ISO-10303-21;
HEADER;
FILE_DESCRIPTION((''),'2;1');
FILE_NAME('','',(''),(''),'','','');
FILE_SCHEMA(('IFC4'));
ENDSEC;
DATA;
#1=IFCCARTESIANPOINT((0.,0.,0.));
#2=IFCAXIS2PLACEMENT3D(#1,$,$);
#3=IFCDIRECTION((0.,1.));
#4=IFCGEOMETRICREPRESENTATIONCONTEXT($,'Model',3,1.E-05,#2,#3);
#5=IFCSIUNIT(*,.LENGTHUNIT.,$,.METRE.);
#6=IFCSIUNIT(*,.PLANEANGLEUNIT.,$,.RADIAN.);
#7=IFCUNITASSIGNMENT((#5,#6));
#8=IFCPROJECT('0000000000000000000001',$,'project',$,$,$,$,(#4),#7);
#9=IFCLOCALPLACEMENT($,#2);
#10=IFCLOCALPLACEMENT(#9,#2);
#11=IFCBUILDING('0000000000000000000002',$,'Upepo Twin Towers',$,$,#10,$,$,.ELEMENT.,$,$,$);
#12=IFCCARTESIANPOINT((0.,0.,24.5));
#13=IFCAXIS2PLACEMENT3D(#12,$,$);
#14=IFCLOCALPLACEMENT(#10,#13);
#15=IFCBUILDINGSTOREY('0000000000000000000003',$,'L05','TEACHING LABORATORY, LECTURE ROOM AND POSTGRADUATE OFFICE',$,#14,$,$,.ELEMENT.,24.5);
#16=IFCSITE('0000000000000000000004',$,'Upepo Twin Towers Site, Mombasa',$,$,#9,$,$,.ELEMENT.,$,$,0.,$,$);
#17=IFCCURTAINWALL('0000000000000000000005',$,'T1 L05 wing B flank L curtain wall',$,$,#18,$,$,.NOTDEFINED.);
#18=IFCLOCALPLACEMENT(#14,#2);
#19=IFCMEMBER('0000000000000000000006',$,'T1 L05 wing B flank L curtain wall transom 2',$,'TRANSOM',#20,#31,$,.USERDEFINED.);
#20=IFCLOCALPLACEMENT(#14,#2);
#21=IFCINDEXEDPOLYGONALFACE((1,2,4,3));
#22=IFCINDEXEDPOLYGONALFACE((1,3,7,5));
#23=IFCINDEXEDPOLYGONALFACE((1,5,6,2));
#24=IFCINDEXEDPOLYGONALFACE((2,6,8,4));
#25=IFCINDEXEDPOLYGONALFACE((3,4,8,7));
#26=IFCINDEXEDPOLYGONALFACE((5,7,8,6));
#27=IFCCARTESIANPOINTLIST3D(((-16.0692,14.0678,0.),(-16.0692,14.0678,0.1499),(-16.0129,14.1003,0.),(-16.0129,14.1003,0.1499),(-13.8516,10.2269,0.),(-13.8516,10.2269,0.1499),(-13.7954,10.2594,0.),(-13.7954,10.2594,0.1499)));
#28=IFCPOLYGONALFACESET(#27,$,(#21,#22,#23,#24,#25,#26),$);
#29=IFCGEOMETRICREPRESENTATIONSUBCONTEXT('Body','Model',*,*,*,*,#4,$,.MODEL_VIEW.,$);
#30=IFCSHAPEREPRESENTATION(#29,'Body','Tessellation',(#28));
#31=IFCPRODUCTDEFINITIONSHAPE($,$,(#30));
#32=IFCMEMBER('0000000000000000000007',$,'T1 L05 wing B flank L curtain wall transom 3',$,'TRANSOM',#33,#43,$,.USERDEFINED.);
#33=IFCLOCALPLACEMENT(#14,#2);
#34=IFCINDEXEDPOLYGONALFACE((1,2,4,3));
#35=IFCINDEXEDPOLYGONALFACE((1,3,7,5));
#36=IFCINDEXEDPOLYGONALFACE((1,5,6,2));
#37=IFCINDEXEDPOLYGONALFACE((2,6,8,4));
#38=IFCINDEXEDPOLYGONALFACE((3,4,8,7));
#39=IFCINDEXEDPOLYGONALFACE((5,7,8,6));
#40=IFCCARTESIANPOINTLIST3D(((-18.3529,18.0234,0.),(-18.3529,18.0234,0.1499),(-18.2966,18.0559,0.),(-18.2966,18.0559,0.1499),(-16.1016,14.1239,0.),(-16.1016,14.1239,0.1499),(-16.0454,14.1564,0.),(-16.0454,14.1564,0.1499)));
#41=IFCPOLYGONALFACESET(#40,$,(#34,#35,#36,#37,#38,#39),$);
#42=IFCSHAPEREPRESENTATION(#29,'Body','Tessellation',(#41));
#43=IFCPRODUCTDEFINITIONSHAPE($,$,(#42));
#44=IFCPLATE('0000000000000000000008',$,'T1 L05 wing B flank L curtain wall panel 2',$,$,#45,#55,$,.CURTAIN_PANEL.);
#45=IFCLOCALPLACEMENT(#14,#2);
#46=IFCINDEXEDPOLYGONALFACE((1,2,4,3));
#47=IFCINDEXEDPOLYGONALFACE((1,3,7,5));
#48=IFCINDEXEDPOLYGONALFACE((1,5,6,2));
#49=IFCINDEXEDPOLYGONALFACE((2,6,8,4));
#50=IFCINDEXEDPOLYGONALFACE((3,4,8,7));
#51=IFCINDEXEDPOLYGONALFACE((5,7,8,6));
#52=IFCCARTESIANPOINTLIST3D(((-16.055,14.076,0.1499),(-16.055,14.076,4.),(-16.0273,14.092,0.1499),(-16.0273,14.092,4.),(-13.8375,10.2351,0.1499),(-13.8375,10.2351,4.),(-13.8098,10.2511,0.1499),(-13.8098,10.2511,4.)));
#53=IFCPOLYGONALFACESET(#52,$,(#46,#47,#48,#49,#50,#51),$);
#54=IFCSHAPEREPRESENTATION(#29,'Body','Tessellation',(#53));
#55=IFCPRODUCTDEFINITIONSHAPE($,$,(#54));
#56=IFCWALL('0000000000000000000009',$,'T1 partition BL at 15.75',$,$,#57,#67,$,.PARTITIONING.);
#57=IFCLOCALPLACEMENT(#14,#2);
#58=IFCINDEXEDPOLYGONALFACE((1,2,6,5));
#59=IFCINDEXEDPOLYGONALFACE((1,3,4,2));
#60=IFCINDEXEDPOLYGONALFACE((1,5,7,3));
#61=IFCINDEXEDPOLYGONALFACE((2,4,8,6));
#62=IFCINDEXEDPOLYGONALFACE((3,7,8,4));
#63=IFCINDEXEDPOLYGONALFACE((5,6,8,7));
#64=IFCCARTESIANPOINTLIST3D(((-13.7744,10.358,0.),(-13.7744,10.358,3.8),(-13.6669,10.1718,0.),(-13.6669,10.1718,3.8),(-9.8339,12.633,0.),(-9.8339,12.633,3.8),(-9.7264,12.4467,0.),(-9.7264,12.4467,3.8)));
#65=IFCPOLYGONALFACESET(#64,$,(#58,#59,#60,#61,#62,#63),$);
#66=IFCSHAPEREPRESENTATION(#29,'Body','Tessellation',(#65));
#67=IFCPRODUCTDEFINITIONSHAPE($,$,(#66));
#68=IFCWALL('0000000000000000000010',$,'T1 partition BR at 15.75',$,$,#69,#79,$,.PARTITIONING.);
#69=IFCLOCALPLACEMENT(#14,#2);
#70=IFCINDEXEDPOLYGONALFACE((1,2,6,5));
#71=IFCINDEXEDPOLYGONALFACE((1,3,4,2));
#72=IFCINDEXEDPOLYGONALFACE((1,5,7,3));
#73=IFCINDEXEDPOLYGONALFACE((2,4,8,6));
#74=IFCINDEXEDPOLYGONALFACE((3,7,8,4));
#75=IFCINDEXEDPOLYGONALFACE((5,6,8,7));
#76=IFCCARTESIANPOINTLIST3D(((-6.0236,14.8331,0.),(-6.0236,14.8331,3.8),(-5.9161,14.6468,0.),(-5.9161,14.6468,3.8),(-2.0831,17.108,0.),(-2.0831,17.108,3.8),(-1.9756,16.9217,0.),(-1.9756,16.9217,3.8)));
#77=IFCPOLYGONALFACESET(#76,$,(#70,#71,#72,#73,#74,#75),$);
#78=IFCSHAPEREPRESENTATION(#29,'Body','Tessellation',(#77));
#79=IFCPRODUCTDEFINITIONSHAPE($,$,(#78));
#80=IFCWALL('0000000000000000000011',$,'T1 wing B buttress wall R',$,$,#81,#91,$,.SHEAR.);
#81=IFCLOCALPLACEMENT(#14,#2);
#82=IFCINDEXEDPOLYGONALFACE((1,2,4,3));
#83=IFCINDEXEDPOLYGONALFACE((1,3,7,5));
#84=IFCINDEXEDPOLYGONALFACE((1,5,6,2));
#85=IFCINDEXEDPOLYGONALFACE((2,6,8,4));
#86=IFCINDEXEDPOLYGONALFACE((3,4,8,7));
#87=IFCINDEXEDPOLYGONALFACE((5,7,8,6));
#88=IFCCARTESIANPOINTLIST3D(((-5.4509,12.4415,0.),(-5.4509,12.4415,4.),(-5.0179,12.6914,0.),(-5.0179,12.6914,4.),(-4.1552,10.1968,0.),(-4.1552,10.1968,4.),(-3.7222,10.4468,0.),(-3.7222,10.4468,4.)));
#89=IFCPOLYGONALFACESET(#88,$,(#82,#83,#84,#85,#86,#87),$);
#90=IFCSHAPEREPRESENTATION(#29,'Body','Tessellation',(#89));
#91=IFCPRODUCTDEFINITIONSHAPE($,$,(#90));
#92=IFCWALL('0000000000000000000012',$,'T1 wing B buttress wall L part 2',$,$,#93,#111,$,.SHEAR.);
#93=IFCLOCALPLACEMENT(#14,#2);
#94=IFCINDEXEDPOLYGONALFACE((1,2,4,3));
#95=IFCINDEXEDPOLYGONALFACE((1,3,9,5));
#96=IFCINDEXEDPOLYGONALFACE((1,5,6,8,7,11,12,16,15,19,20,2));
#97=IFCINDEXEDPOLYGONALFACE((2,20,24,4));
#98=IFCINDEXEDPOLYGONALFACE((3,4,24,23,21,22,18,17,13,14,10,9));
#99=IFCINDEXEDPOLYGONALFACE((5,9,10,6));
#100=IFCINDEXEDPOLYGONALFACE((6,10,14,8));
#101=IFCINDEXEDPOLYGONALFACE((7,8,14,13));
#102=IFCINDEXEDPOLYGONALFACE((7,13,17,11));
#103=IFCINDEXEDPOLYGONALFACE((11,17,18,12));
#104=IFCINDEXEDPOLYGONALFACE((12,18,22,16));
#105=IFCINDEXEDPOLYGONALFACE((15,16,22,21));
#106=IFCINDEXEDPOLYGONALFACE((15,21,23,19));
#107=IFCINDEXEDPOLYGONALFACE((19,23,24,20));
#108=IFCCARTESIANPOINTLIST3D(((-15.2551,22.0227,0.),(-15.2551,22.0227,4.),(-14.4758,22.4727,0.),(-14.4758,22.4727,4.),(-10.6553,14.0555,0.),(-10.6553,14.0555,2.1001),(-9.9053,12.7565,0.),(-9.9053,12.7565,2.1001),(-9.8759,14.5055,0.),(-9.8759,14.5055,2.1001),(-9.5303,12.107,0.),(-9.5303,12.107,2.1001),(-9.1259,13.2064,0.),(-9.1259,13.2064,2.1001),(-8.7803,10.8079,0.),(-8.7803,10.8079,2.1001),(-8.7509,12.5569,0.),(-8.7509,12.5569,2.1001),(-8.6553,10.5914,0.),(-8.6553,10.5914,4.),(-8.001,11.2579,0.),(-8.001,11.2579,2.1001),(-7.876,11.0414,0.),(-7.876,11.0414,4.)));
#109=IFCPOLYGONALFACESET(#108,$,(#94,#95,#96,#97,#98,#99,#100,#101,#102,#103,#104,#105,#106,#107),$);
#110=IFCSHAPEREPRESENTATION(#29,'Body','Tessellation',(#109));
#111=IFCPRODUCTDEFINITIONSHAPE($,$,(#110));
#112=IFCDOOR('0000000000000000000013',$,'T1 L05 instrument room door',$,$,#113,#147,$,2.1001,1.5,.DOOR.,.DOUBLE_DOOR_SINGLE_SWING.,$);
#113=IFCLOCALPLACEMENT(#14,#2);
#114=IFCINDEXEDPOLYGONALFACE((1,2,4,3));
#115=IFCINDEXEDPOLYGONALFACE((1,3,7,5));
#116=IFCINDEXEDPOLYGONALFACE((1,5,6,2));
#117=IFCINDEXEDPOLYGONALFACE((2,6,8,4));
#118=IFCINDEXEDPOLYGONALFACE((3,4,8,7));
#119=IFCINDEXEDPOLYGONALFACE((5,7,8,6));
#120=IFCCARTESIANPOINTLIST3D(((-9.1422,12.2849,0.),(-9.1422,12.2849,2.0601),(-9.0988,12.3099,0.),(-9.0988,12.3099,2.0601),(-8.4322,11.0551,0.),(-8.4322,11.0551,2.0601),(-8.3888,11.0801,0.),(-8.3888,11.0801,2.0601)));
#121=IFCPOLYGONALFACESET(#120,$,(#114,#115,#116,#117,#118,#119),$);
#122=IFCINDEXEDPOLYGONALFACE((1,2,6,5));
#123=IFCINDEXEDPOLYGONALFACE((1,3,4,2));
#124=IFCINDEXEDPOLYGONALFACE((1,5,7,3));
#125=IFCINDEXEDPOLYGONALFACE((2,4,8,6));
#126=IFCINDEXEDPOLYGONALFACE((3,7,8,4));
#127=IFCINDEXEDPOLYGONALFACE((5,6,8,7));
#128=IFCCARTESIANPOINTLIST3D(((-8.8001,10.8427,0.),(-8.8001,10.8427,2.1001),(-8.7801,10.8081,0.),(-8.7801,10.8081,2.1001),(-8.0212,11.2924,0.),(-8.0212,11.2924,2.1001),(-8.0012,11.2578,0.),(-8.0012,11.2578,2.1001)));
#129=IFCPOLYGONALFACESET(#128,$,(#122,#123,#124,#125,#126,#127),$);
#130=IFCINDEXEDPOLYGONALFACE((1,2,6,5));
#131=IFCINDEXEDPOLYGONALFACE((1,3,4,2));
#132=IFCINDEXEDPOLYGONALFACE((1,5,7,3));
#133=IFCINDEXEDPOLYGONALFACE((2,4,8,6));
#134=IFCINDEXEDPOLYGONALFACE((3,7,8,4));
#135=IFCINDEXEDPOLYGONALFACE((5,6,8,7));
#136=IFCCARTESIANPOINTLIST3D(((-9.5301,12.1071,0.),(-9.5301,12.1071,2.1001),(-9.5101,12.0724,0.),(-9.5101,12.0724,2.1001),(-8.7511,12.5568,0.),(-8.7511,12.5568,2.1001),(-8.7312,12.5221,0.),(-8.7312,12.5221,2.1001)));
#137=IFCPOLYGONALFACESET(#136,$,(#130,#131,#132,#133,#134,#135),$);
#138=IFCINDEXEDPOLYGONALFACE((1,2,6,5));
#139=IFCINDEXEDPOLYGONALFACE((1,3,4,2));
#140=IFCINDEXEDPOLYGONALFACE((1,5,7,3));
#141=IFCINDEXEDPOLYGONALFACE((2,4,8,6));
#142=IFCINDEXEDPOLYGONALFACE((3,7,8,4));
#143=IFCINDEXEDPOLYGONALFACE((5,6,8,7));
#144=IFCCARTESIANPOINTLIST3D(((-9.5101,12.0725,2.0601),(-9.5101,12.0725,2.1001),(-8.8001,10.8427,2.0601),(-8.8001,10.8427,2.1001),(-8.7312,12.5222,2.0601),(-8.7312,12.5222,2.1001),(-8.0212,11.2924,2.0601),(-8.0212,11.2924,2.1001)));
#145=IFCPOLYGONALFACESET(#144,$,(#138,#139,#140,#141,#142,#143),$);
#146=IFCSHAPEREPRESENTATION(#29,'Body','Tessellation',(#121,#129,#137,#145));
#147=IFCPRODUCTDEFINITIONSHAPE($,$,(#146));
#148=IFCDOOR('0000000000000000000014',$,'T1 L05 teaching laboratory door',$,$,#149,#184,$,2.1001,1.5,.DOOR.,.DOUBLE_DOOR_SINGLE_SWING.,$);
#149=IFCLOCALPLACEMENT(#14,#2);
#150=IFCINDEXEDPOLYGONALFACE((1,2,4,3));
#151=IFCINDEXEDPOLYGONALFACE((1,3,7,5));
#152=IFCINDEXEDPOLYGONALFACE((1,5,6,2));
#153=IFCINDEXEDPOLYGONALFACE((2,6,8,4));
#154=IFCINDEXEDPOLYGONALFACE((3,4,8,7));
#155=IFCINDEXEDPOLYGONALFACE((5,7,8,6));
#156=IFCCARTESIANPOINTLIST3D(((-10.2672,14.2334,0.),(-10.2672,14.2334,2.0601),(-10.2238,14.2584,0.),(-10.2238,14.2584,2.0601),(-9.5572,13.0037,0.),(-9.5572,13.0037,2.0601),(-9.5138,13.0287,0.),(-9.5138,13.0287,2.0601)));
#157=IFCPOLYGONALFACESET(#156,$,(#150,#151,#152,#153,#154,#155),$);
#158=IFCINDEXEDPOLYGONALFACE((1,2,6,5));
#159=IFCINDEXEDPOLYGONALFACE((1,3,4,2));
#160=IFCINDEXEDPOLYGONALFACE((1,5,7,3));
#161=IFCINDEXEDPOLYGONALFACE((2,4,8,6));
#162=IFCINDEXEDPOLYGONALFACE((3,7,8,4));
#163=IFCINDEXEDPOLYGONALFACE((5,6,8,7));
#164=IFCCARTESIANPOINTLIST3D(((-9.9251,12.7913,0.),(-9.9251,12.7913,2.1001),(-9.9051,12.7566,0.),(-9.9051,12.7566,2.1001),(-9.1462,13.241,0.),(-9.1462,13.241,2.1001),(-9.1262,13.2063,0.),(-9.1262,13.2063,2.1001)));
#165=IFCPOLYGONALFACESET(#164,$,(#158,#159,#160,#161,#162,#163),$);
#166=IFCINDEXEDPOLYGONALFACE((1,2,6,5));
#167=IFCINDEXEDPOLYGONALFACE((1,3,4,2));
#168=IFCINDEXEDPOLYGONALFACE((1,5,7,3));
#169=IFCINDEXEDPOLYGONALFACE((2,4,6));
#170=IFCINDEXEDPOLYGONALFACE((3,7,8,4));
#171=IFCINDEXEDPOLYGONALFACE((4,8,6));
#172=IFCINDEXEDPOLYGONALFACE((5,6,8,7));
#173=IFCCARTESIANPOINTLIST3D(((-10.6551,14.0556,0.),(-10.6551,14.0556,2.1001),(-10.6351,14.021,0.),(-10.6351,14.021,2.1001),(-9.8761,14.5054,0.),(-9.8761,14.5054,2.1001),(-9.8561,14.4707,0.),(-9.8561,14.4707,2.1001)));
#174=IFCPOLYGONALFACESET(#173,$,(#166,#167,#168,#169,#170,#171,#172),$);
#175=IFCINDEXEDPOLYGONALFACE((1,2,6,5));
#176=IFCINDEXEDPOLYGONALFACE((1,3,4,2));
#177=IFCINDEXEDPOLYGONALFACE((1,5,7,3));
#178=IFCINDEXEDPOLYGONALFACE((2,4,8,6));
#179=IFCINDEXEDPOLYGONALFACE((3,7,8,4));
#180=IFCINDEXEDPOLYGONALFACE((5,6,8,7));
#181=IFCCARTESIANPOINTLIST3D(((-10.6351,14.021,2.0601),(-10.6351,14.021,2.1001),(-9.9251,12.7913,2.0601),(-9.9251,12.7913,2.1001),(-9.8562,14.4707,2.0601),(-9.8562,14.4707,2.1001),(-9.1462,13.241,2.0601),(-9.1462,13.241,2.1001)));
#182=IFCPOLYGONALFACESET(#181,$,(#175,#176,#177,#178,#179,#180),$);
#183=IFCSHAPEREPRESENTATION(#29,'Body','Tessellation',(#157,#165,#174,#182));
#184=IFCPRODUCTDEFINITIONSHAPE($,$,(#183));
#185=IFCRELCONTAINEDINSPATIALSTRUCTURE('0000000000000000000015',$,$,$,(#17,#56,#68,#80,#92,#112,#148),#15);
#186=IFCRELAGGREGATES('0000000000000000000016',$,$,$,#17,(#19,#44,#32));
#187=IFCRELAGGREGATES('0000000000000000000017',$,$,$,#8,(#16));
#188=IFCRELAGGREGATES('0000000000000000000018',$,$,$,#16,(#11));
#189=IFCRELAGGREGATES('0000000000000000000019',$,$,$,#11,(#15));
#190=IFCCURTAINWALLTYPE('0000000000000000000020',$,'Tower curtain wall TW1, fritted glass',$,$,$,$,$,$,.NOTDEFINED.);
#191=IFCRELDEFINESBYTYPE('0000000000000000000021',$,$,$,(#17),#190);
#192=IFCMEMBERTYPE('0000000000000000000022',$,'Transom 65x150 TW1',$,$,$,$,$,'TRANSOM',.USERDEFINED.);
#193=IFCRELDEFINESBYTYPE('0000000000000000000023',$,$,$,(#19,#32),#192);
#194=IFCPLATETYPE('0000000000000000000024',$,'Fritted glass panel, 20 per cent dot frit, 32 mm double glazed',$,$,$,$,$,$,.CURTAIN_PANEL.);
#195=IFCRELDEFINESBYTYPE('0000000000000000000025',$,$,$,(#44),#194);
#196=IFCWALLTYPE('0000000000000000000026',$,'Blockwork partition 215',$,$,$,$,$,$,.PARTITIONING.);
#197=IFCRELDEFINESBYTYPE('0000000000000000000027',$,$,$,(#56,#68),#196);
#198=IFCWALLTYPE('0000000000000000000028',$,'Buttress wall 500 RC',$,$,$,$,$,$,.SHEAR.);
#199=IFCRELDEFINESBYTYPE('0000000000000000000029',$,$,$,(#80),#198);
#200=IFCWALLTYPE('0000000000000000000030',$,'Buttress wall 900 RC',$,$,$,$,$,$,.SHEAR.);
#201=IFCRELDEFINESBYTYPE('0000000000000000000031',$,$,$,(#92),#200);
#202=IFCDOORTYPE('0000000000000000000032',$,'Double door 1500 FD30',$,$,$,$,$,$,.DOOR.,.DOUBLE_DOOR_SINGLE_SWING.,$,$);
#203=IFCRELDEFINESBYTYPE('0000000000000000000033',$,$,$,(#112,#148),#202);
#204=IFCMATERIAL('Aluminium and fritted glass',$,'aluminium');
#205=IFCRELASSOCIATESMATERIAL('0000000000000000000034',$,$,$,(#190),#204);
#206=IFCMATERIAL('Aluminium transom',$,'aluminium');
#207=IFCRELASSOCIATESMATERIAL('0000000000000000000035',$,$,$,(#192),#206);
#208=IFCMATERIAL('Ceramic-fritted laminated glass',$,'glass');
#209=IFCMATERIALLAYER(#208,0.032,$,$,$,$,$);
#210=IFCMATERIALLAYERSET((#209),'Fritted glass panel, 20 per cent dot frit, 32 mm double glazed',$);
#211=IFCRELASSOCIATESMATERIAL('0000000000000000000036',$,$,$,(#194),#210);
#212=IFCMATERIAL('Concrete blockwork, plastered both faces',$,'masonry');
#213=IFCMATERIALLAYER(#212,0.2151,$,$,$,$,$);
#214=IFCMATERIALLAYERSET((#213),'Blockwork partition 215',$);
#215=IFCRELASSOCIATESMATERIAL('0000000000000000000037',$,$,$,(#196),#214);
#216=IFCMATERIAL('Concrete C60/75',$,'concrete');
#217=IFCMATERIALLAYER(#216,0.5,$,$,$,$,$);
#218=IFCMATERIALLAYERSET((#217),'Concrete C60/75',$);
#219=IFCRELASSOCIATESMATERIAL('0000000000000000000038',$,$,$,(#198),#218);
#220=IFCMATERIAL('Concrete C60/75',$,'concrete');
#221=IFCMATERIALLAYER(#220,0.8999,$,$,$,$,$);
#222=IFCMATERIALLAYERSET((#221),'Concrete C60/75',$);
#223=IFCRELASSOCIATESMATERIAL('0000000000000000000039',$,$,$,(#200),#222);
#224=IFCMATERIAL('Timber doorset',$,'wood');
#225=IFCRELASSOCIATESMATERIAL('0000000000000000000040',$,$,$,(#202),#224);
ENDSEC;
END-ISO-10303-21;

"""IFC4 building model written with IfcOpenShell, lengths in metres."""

from ifc_helpers import new_model, si_unit, direction, frame, frame_2d, origin, origin_2d, place, context, subcontext, project, spatial, rectangle, extrude, material, layer, layer_set, material_profile, profile_set, type_object, element, fill, aggregate, save


model = new_model("IFC4")

# Units and contexts
model_context = context("Model", 3, precision=1e-05, world=origin(), true_north=direction((0.0, 1.0)))
body_context = subcontext(model_context, "Body", "Model", "MODEL_VIEW")
ifc_project = project(units=[si_unit("LENGTHUNIT", "METRE"), si_unit("PLANEANGLEUNIT", "RADIAN")], contexts=[model_context])

# Site, building, storey
site_placement = place(None, origin())
site = spatial("IfcSite", under=ifc_project, at=site_placement, Name="Upepo Twin Towers Site, Mombasa", CompositionType="ELEMENT", RefElevation=0.0)
building_placement = place(site_placement, origin())
building = spatial("IfcBuilding", under=site, at=building_placement, Name="Upepo Twin Towers", CompositionType="ELEMENT")
storey_placement = place(building_placement, frame((0.0, 0.0, 24.5)))
storey = spatial("IfcBuildingStorey", under=building, at=storey_placement, Name="L05", Description="TEACHING LABORATORY, LECTURE ROOM AND POSTGRADUATE OFFICE", CompositionType="ELEMENT", Elevation=24.5)

# Curtain wall, members, plate
ifc_material_1 = material(Name="Aluminium and fritted glass", Category="aluminium")
curtain_wall_type = type_object("IfcCurtainWallType", Name="Tower curtain wall TW1, fritted glass", PredefinedType="NOTDEFINED", material=ifc_material_1)
curtain_wall_placement = place(storey_placement, origin())
curtain_wall = element("IfcCurtainWall", 1, at=curtain_wall_placement, inside=storey, type_object=curtain_wall_type, Name="T1 L05 wing B flank L curtain wall", PredefinedType="NOTDEFINED")
ifc_material_2 = material(Name="Aluminium transom", Category="aluminium")
ifc_material_profile_1 = material_profile(ifc_material_2, rectangle(XDim=0.0649, YDim=0.1499, at=origin_2d()), Name="TRANSOM 65x150")
ifc_profile_set_1 = profile_set([ifc_material_profile_1], Name="Aluminium transom")
member_type_1 = type_object("IfcMemberType", Name="Transom 65x150 TW1", ElementType="TRANSOM", PredefinedType="USERDEFINED", material=ifc_profile_set_1)
member_1_placement = place(storey_placement, frame((-13.8235, 10.2432, 0.075), z_axis=(-0.500005, 0.866022, 0.0), x_axis=(-0.866022, -0.500005, 0.0)))
member_1 = element("IfcMember", 2, at=member_1_placement, type_object=member_type_1, Name="T1 L05 wing B flank L curtain wall transom 2", ObjectType="TRANSOM", PredefinedType="USERDEFINED", context=body_context, shape_type="SweptSolid", body=[
    extrude(rectangle(XDim=0.0649, YDim=0.1499, at=origin_2d()), origin(), (0.0, 0.0, 1.0), 4.4351),
])
member_2_placement = place(storey_placement, frame((-16.0735, 14.1401, 0.075), z_axis=(-0.499982, 0.866036, 0.0), x_axis=(-0.866036, -0.499982, 0.0)))
member_2 = element("IfcMember", 3, at=member_2_placement, type_object=member_type_1, Name="T1 L05 wing B flank L curtain wall transom 3", ObjectType="TRANSOM", PredefinedType="USERDEFINED", context=body_context, shape_type="SweptSolid", body=[
    extrude(rectangle(XDim=0.0649, YDim=0.1499, at=origin_2d()), origin(), (0.0, 0.0, 1.0), 4.5027),
])
ifc_material_3 = material(Name="Ceramic-fritted laminated glass", Category="glass")
ifc_layer_1 = layer(ifc_material_3, 0.032)
ifc_layer_set_1 = layer_set([ifc_layer_1], Name="Fritted glass panel, 20 per cent dot frit, 32 mm double glazed")
plate_type = type_object("IfcPlateType", Name="Fritted glass panel, 20 per cent dot frit, 32 mm double glazed", PredefinedType="CURTAIN_PANEL", material=ifc_layer_set_1)
plate_placement = place(storey_placement, frame((-14.9324, 12.1636, 0.1499), z_axis=(0.0, 0.0, 1.0), x_axis=(-0.5, 0.866025, 0.0)))
plate = element("IfcPlate", 4, at=plate_placement, type_object=plate_type, Name="T1 L05 wing B flank L curtain wall panel 2", PredefinedType="CURTAIN_PANEL", context=body_context, shape_type="SweptSolid", body=[
    extrude(rectangle(XDim=4.4351, YDim=0.032, at=origin_2d()), origin(), (0.0, 0.0, 1.0), 3.8501),
])
aggregate(curtain_wall, [member_1, plate, member_2])

# Walls
ifc_material_4 = material(Name="Concrete blockwork, plastered both faces", Category="masonry")
ifc_layer_2 = layer(ifc_material_4, 0.2151)
ifc_layer_set_2 = layer_set([ifc_layer_2], Name="Blockwork partition 215")
wall_type_1 = type_object("IfcWallType", Name="Blockwork partition 215", PredefinedType="PARTITIONING", material=ifc_layer_set_2)
for number, where, z_axis, x_axis, name in (
    (5, (-9.7803, 12.5398, 0.0), (0.0, 0.0, 1.0), (-0.866035, -0.499983, 0.0), "T1 partition BL at 15.75"),
    (6, (-5.9697, 14.74, 0.0), (0.0, 0.0, 1.0), (0.866035, 0.499983, 0.0), "T1 partition BR at 15.75"),
):
    element("IfcWall", number, at=place(storey_placement, frame(where, z_axis=z_axis, x_axis=x_axis)), inside=storey, type_object=wall_type_1, Name=name, PredefinedType="PARTITIONING", context=body_context, shape_type="SweptSolid", body=[
        extrude(rectangle(XDim=4.55, YDim=0.2151, at=frame_2d((2.2749, 0.0))), origin(), (0.0, 0.0, 1.0), 3.8),
    ])
ifc_material_5 = material(Name="Concrete C60/75", Category="concrete")
ifc_layer_3 = layer(ifc_material_5, 0.5)
ifc_layer_set_3 = layer_set([ifc_layer_3], Name="Concrete C60/75")
wall_type_2 = type_object("IfcWallType", Name="Buttress wall 500 RC", PredefinedType="SHEAR", material=ifc_layer_set_3)
wall_1_placement = place(storey_placement, frame((-3.9387, 10.3218, 0.0), z_axis=(0.0, 0.0, 1.0), x_axis=(-0.499918, 0.866073, 0.0)))
element("IfcWall", 7, at=wall_1_placement, inside=storey, type_object=wall_type_2, Name="T1 wing B buttress wall R", PredefinedType="SHEAR", context=body_context, shape_type="SweptSolid", body=[
    extrude(rectangle(XDim=2.5918, YDim=0.5, at=frame_2d((1.2959, 0.0))), origin(), (0.0, 0.0, 1.0), 4.0),
])

# Wall, openings, doors
ifc_material_6 = material(Name="Concrete C60/75", Category="concrete")
ifc_layer_4 = layer(ifc_material_6, 0.8999)
ifc_layer_set_4 = layer_set([ifc_layer_4], Name="Concrete C60/75")
wall_type_3 = type_object("IfcWallType", Name="Buttress wall 900 RC", PredefinedType="SHEAR", material=ifc_layer_set_4)
wall_2_placement = place(storey_placement, frame((-8.2656, 10.8164, 0.0), z_axis=(0.0, 0.0, 1.0), x_axis=(-0.499996, 0.866028, 0.0)))
wall_2 = element("IfcWall", 8, at=wall_2_placement, inside=storey, type_object=wall_type_3, Name="T1 wing B buttress wall L part 2", PredefinedType="SHEAR", context=body_context, shape_type="SweptSolid", body=[
    extrude(rectangle(XDim=13.1997, YDim=0.8999, at=frame_2d((6.5999, 0.0))), origin(), (0.0, 0.0, 1.0), 4.0),
])
opening_1_placement = place(wall_2_placement, frame((0.25, 0.0, 0.0)))
opening_1 = element("IfcOpeningElement", 9, at=opening_1_placement, cuts=wall_2, PredefinedType="OPENING", context=body_context, shape_type="SweptSolid", body=[
    extrude(rectangle(XDim=1.5, YDim=2.1001, at=frame_2d((0.75, 1.05))), frame((0.0, 0.46, 0.0), z_axis=(0.0, -1.0, 0.0), x_axis=(1.0, 0.0, 0.0)), (0.0, 0.0, 1.0), 0.9199),
])
opening_2_placement = place(wall_2_placement, frame((2.5, 0.0, 0.0)))
opening_2 = element("IfcOpeningElement", 10, at=opening_2_placement, cuts=wall_2, PredefinedType="OPENING", context=body_context, shape_type="SweptSolid", body=[
    extrude(rectangle(XDim=1.5, YDim=2.1001, at=frame_2d((0.75, 1.05))), frame((0.0, 0.46, 0.0), z_axis=(0.0, -1.0, 0.0), x_axis=(1.0, 0.0, 0.0)), (0.0, 0.0, 1.0), 0.9199),
])
ifc_material_7 = material(Name="Timber doorset", Category="wood")
door_type_1 = type_object("IfcDoorType", Name="Double door 1500 FD30", OperationType="DOUBLE_DOOR_SINGLE_SWING", PredefinedType="DOOR", material=ifc_material_7)
door_1_placement = place(opening_1_placement, origin())
door_1 = element("IfcDoor", 11, at=door_1_placement, inside=storey, type_object=door_type_1, Name="T1 L05 instrument room door", OperationType="DOUBLE_DOOR_SINGLE_SWING", OverallHeight=2.1001, OverallWidth=1.5, PredefinedType="DOOR", context=body_context, shape_type="SweptSolid", body=[
    extrude(rectangle(XDim=1.42, YDim=2.0601, at=frame_2d((0.75, 1.03))), frame((0.0, 0.0249, 0.0), z_axis=(0.0, -1.0, 0.0), x_axis=(1.0, 0.0, 0.0)), (0.0, 0.0, 1.0), 0.05),
    extrude(rectangle(XDim=0.04, YDim=2.1001, at=frame_2d((0.02, 1.05))), frame((0.0, 0.4497, 0.0), z_axis=(0.0, -1.0, 0.0), x_axis=(1.0, 0.0, 0.0)), (0.0, 0.0, 1.0), 0.8994),
    extrude(rectangle(XDim=0.04, YDim=2.1001, at=frame_2d((1.48, 1.05))), frame((0.0, 0.4497, 0.0), z_axis=(0.0, -1.0, 0.0), x_axis=(1.0, 0.0, 0.0)), (0.0, 0.0, 1.0), 0.8994),
    extrude(rectangle(XDim=1.42, YDim=0.04, at=frame_2d((0.75, 2.0801))), frame((0.0, 0.4497, 0.0), z_axis=(0.0, -1.0, 0.0), x_axis=(1.0, 0.0, 0.0)), (0.0, 0.0, 1.0), 0.8994),
])
fill(opening_1, door_1)
door_2_placement = place(opening_2_placement, origin())
door_2 = element("IfcDoor", 12, at=door_2_placement, inside=storey, type_object=door_type_1, Name="T1 L05 teaching laboratory door", OperationType="DOUBLE_DOOR_SINGLE_SWING", OverallHeight=2.1001, OverallWidth=1.5, PredefinedType="DOOR", context=body_context, shape_type="SweptSolid", body=[
    extrude(rectangle(XDim=1.42, YDim=2.0601, at=frame_2d((0.75, 1.03))), frame((0.0, 0.0249, 0.0), z_axis=(0.0, -1.0, 0.0), x_axis=(1.0, 0.0, 0.0)), (0.0, 0.0, 1.0), 0.05),
    extrude(rectangle(XDim=0.04, YDim=2.1001, at=frame_2d((0.02, 1.05))), frame((0.0, 0.4497, 0.0), z_axis=(0.0, -1.0, 0.0), x_axis=(1.0, 0.0, 0.0)), (0.0, 0.0, 1.0), 0.8994),
    extrude(rectangle(XDim=0.04, YDim=2.1001, at=frame_2d((1.48, 1.05))), frame((0.0, 0.4497, 0.0), z_axis=(0.0, -1.0, 0.0), x_axis=(1.0, 0.0, 0.0)), (0.0, 0.0, 1.0), 0.8994),
    extrude(rectangle(XDim=1.42, YDim=0.04, at=frame_2d((0.75, 2.0801))), frame((0.0, 0.4497, 0.0), z_axis=(0.0, -1.0, 0.0), x_axis=(1.0, 0.0, 0.0)), (0.0, 0.0, 1.0), 0.8994),
])
fill(opening_2, door_2)

save(model, "model.ifc")
